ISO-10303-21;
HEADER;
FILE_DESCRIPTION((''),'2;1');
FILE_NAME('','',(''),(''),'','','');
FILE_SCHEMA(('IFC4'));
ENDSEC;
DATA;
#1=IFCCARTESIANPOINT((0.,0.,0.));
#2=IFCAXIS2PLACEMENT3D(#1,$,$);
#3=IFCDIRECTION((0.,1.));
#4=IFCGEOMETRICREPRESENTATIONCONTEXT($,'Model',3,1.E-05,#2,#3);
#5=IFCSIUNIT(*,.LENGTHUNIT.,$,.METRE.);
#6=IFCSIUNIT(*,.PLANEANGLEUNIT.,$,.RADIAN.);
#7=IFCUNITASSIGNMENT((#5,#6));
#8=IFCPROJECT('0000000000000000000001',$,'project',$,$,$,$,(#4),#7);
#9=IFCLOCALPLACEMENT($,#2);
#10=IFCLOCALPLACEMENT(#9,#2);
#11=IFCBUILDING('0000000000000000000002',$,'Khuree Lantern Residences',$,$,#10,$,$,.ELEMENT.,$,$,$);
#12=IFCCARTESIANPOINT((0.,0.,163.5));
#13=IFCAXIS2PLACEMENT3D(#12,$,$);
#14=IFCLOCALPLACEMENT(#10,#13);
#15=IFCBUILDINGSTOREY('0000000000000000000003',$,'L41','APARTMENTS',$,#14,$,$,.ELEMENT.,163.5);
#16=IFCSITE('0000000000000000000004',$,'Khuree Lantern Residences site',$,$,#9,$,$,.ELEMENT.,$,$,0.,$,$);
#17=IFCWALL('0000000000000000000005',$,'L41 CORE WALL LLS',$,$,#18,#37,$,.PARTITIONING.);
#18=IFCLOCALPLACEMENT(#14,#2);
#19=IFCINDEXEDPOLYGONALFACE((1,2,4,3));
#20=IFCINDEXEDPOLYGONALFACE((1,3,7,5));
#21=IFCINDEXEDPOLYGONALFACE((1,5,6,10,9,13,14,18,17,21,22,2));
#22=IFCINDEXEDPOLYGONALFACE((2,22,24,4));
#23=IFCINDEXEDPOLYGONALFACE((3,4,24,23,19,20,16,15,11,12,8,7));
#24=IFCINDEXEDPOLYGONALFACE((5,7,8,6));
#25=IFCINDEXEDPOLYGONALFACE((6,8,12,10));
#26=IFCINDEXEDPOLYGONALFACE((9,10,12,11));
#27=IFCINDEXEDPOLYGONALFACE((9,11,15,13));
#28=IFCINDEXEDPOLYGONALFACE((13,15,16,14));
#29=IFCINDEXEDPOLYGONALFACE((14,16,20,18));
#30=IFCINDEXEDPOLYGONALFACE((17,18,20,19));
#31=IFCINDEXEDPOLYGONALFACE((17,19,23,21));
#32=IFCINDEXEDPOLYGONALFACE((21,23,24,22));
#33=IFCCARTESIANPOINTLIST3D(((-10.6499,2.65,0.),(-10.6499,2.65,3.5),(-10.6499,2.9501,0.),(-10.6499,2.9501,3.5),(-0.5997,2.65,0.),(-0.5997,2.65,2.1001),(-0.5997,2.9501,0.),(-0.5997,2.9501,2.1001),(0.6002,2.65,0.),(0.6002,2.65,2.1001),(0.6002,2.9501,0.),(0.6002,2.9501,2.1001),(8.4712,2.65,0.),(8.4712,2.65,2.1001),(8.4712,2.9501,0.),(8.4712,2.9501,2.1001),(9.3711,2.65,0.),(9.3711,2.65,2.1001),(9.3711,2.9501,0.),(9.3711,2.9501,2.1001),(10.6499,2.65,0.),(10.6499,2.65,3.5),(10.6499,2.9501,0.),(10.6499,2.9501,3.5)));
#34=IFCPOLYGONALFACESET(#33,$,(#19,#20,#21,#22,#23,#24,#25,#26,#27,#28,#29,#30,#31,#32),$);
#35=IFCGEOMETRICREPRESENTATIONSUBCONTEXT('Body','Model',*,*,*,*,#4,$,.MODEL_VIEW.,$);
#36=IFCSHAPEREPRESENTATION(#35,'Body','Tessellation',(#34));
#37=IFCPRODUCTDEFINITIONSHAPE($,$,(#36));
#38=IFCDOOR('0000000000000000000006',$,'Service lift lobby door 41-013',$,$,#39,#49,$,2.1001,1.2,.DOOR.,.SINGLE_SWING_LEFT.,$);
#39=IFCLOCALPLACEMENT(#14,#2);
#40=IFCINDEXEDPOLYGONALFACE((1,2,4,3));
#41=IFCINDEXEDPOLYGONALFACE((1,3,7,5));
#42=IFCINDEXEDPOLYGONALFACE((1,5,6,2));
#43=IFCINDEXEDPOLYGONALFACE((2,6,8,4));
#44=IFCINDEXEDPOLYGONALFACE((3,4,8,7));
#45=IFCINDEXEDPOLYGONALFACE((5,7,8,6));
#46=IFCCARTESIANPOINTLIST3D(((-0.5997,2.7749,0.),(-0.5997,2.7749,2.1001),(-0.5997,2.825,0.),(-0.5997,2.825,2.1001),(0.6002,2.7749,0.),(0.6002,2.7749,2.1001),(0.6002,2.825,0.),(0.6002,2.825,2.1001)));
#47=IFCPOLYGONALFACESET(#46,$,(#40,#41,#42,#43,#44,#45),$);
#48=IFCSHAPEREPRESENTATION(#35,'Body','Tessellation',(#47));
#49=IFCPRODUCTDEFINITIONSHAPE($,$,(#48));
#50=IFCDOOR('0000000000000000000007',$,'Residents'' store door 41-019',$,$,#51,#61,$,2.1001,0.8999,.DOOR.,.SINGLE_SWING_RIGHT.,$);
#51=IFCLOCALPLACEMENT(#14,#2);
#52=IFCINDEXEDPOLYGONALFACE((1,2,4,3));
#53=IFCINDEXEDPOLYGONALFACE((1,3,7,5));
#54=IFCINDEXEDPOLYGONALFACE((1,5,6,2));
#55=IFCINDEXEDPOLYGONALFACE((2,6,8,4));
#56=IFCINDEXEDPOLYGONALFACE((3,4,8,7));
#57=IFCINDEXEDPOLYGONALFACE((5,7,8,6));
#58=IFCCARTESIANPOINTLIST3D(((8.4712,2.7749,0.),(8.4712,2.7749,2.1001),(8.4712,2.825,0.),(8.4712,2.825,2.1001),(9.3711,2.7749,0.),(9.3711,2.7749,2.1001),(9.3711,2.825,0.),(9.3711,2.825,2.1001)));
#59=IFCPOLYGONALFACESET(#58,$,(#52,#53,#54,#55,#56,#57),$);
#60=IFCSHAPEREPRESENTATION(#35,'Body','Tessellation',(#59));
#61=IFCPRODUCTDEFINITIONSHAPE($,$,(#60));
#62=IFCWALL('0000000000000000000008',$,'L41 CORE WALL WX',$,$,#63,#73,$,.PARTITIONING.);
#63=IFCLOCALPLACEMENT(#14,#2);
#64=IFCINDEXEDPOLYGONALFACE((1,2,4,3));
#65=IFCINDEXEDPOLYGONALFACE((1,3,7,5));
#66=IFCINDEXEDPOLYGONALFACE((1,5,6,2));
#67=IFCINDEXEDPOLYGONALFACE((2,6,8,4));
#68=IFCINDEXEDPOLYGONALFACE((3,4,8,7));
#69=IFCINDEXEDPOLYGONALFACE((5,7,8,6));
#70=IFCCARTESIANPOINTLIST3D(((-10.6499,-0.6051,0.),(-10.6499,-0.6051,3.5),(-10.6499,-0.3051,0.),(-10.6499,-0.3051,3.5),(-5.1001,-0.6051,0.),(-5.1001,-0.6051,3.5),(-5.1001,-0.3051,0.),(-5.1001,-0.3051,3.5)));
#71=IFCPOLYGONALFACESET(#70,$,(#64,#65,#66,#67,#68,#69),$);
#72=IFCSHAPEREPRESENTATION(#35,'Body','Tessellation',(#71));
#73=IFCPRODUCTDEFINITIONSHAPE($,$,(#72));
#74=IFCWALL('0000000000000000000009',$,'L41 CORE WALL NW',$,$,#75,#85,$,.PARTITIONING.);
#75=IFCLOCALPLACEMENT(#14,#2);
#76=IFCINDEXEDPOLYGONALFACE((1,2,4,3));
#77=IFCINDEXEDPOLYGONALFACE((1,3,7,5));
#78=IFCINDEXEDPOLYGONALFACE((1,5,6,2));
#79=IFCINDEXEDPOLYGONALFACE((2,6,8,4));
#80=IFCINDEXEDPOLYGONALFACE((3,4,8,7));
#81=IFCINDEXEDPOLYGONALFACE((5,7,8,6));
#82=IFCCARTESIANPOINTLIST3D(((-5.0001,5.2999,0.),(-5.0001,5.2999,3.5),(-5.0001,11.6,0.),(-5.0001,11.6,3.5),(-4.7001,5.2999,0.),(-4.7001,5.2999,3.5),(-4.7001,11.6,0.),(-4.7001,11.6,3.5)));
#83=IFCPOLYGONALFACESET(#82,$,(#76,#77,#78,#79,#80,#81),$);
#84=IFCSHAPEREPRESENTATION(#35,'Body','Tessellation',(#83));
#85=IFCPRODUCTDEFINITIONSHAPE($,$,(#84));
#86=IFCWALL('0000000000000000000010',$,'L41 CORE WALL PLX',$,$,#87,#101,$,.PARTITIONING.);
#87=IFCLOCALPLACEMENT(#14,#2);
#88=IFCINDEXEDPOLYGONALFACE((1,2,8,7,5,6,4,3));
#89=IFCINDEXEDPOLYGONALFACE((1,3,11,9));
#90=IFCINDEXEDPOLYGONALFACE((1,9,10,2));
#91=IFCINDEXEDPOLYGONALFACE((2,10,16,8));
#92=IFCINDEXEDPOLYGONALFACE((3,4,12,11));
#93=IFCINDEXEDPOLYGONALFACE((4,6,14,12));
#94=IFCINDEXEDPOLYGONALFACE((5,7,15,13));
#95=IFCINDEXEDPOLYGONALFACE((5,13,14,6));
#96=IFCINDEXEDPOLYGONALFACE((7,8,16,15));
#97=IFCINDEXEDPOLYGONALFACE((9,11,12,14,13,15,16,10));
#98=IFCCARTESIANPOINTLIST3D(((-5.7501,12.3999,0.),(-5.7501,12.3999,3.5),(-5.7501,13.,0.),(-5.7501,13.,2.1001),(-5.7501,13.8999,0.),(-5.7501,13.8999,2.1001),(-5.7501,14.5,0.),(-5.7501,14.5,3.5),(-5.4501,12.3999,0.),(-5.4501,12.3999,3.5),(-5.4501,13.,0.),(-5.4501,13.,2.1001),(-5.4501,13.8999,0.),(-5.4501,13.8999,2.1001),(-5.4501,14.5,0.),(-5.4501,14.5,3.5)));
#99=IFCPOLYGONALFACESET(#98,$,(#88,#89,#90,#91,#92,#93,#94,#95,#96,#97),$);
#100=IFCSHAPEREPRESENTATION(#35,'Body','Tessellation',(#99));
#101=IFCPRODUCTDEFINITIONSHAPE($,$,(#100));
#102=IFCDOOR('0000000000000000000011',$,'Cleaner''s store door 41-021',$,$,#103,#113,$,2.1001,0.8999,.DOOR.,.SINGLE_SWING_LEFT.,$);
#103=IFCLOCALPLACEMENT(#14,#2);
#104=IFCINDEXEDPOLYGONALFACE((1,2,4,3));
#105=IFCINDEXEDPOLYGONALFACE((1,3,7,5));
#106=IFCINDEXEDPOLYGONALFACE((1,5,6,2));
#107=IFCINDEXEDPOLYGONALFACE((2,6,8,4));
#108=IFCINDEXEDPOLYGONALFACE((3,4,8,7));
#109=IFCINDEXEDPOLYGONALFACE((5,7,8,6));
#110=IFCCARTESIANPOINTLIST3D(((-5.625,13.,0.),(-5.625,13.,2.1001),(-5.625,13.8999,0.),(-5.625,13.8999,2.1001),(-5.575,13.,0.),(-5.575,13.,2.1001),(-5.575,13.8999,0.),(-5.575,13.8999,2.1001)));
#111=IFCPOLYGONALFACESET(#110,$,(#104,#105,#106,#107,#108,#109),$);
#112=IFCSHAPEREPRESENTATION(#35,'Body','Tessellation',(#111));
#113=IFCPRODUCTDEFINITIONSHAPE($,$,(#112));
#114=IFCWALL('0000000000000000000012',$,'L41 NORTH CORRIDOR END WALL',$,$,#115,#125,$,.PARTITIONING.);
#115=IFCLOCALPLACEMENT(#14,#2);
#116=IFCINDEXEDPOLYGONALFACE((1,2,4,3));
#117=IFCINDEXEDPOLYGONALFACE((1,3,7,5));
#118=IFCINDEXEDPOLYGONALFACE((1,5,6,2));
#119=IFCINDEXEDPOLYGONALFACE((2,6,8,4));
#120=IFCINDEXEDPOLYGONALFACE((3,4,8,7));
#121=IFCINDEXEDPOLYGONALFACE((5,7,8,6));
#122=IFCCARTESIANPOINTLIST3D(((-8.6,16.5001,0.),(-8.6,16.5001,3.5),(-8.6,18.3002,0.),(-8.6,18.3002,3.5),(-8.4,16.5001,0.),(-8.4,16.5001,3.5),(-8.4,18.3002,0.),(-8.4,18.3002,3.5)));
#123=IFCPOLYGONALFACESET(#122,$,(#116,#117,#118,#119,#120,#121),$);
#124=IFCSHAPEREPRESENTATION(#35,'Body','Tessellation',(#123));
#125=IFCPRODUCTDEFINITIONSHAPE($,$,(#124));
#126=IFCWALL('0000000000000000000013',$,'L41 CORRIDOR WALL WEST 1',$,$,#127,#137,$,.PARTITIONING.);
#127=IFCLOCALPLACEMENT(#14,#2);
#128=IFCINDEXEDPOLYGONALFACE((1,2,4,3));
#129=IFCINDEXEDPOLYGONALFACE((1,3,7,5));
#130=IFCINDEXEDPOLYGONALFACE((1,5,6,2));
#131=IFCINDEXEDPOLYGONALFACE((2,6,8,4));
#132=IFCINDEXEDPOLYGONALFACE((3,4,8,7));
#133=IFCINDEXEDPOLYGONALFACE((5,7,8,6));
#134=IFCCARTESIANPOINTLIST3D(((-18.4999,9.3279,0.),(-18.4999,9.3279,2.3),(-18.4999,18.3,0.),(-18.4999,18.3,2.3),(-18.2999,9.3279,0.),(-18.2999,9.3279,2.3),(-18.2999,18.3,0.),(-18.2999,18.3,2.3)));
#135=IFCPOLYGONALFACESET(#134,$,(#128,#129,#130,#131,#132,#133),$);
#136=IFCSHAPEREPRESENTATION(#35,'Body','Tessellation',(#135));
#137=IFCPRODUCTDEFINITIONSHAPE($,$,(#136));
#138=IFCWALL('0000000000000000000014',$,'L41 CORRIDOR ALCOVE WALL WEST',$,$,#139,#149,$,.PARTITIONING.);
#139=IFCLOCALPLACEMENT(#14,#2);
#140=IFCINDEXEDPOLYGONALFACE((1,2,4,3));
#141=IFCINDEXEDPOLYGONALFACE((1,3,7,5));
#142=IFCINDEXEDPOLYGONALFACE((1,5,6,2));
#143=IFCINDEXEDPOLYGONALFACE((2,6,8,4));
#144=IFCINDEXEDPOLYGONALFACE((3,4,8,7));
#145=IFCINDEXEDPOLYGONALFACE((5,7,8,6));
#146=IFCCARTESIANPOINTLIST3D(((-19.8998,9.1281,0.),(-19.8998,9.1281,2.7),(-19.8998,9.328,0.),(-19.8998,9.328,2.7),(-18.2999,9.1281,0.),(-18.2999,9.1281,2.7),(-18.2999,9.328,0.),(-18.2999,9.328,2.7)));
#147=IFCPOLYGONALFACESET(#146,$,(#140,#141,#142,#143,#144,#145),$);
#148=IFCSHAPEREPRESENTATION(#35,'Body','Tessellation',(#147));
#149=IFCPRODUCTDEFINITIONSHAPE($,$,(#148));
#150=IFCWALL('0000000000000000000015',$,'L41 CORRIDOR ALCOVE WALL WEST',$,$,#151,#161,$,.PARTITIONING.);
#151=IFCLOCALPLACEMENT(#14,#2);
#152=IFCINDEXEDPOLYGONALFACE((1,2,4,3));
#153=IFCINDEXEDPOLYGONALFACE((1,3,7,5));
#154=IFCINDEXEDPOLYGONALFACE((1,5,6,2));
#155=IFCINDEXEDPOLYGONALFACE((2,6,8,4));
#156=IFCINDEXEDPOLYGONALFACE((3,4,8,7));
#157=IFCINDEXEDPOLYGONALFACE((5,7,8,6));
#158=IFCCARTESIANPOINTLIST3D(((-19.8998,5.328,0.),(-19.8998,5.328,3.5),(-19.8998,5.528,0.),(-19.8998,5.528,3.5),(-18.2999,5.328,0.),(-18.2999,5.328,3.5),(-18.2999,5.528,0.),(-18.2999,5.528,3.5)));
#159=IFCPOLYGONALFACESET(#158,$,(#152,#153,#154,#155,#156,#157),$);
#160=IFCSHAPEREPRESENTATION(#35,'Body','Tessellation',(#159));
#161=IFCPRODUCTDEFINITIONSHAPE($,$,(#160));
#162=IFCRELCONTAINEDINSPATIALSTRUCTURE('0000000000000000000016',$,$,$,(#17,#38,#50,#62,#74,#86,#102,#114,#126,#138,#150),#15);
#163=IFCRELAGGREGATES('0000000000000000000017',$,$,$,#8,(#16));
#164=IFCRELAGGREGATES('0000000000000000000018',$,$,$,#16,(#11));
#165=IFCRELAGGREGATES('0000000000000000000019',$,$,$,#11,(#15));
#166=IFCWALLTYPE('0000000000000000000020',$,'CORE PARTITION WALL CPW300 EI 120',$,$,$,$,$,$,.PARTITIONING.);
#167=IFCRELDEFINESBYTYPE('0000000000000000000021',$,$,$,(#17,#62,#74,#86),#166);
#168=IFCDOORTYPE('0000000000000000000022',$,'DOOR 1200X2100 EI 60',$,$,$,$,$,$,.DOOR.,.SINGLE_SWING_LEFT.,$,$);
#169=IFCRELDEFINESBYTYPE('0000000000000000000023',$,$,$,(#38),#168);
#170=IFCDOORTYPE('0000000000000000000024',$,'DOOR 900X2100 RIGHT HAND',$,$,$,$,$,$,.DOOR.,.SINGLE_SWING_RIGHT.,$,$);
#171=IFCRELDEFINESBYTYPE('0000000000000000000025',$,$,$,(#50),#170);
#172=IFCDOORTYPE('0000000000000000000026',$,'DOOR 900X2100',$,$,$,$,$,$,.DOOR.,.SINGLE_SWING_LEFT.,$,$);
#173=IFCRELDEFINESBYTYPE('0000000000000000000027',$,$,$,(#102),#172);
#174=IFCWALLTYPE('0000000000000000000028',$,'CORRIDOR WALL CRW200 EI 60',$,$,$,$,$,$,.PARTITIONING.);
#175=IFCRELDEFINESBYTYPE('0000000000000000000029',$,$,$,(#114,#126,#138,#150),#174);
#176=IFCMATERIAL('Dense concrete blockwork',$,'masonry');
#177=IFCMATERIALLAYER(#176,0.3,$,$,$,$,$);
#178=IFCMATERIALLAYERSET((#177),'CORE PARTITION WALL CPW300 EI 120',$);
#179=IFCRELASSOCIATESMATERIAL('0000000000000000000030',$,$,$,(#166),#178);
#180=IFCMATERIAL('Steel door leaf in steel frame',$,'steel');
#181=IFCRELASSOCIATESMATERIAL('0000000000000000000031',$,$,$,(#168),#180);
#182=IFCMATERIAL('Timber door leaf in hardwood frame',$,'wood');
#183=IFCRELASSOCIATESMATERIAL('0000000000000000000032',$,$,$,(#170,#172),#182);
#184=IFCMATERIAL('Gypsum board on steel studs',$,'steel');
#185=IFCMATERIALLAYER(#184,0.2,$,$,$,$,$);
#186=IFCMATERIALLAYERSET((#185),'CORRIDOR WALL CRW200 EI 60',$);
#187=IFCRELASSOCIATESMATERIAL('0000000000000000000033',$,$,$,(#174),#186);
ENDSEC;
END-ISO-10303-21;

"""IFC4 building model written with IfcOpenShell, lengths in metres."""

from ifc_helpers import new_model, si_unit, direction, frame, frame_2d, origin, place, context, subcontext, project, spatial, rectangle, extrude, material, layer, layer_set, type_object, element, fill, save


model = new_model("IFC4")

# Units and contexts
model_context = context("Model", 3, precision=1e-05, world=origin(), true_north=direction((0.0, 1.0)))
body_context = subcontext(model_context, "Body", "Model", "MODEL_VIEW")
ifc_project = project(units=[si_unit("LENGTHUNIT", "METRE"), si_unit("PLANEANGLEUNIT", "RADIAN")], contexts=[model_context])

# Site, building, storey
site_placement = place(None, origin())
site = spatial("IfcSite", under=ifc_project, at=site_placement, Name="Khuree Lantern Residences site", CompositionType="ELEMENT", RefElevation=0.0)
building_placement = place(site_placement, origin())
building = spatial("IfcBuilding", under=site, at=building_placement, Name="Khuree Lantern Residences", CompositionType="ELEMENT")
storey_placement = place(building_placement, frame((0.0, 0.0, 163.5)))
storey = spatial("IfcBuildingStorey", under=building, at=storey_placement, Name="L41", Description="APARTMENTS", CompositionType="ELEMENT", Elevation=163.5)

# Shared definitions
ifc_material_1 = material(Name="Dense concrete blockwork", Category="masonry")
ifc_layer_1 = layer(ifc_material_1, 0.3)
ifc_layer_set_1 = layer_set([ifc_layer_1], Name="CORE PARTITION WALL CPW300 EI 120")
wall_type_1 = type_object("IfcWallType", Name="CORE PARTITION WALL CPW300 EI 120", PredefinedType="PARTITIONING", material=ifc_layer_set_1)

# Wall, openings, doors
wall_1_placement = place(storey_placement, frame((-10.6499, 2.8, 0.0), z_axis=(0.0, 0.0, 1.0), x_axis=(1.0, 0.0, 0.0)))
wall_1 = element("IfcWall", 1, at=wall_1_placement, inside=storey, type_object=wall_type_1, Name="L41 CORE WALL LLS", PredefinedType="PARTITIONING", context=body_context, shape_type="SweptSolid", body=[
    extrude(rectangle(XDim=21.2998, YDim=0.3, at=frame_2d((10.6499, 0.0))), origin(), (0.0, 0.0, 1.0), 3.5),
])
opening_1_placement = place(wall_1_placement, frame((10.05, 0.0, 0.0)))
opening_1 = element("IfcOpeningElement", 2, at=opening_1_placement, cuts=wall_1, PredefinedType="OPENING", context=body_context, shape_type="SweptSolid", body=[
    extrude(rectangle(XDim=1.2, YDim=2.1001, at=frame_2d((0.6001, 1.05))), frame((0.0, 0.1602, 0.0), z_axis=(0.0, -1.0, 0.0), x_axis=(1.0, 0.0, 0.0)), (0.0, 0.0, 1.0), 0.3201),
])
opening_2_placement = place(wall_1_placement, frame((19.1211, 0.0, 0.0)))
opening_2 = element("IfcOpeningElement", 3, at=opening_2_placement, cuts=wall_1, PredefinedType="OPENING", context=body_context, shape_type="SweptSolid", body=[
    extrude(rectangle(XDim=0.8999, YDim=2.1001, at=frame_2d((0.45, 1.05))), frame((0.0, 0.1602, 0.0), z_axis=(0.0, -1.0, 0.0), x_axis=(1.0, 0.0, 0.0)), (0.0, 0.0, 1.0), 0.3201),
])
ifc_material_2 = material(Name="Steel door leaf in steel frame", Category="steel")
door_type_1 = type_object("IfcDoorType", Name="DOOR 1200X2100 EI 60", OperationType="SINGLE_SWING_LEFT", PredefinedType="DOOR", material=ifc_material_2)
door_1_placement = place(opening_1_placement, origin())
door_1 = element("IfcDoor", 4, at=door_1_placement, inside=storey, type_object=door_type_1, Name="Service lift lobby door 41-013", OperationType="SINGLE_SWING_LEFT", OverallHeight=2.1001, OverallWidth=1.2, PredefinedType="DOOR", context=body_context, shape_type="SweptSolid", body=[
    extrude(rectangle(XDim=1.2, YDim=2.1001, at=frame_2d((0.6001, 1.05))), frame((0.0, 0.0249, 0.0), z_axis=(0.0, -1.0, 0.0), x_axis=(1.0, 0.0, 0.0)), (0.0, 0.0, 1.0), 0.05),
])
fill(opening_1, door_1)
ifc_material_3 = material(Name="Timber door leaf in hardwood frame", Category="wood")
door_type_2 = type_object("IfcDoorType", Name="DOOR 900X2100 RIGHT HAND", OperationType="SINGLE_SWING_RIGHT", PredefinedType="DOOR", material=ifc_material_3)
door_2_placement = place(opening_2_placement, origin())
door_2 = element("IfcDoor", 5, at=door_2_placement, inside=storey, type_object=door_type_2, Name="Residents' store door 41-019", OperationType="SINGLE_SWING_RIGHT", OverallHeight=2.1001, OverallWidth=0.8999, PredefinedType="DOOR", context=body_context, shape_type="SweptSolid", body=[
    extrude(rectangle(XDim=0.8999, YDim=2.1001, at=frame_2d((0.45, 1.05))), frame((0.0, 0.0249, 0.0), z_axis=(0.0, -1.0, 0.0), x_axis=(1.0, 0.0, 0.0)), (0.0, 0.0, 1.0), 0.05),
])
fill(opening_2, door_2)

# Walls
wall_2_placement = place(storey_placement, frame((-10.6499, -0.4551, 0.0), z_axis=(0.0, 0.0, 1.0), x_axis=(1.0, 0.0, 0.0)))
element("IfcWall", 6, at=wall_2_placement, inside=storey, type_object=wall_type_1, Name="L41 CORE WALL WX", PredefinedType="PARTITIONING", context=body_context, shape_type="SweptSolid", body=[
    extrude(rectangle(XDim=5.5498, YDim=0.3, at=frame_2d((2.7749, 0.0))), origin(), (0.0, 0.0, 1.0), 3.5),
])
wall_3_placement = place(storey_placement, frame((-4.8501, 5.3, 0.0), z_axis=(0.0, 0.0, 1.0), x_axis=(0.0, 1.0, 0.0)))
element("IfcWall", 7, at=wall_3_placement, inside=storey, type_object=wall_type_1, Name="L41 CORE WALL NW", PredefinedType="PARTITIONING", context=body_context, shape_type="SweptSolid", body=[
    extrude(rectangle(XDim=6.3, YDim=0.3, at=frame_2d((3.1499, 0.0))), origin(), (0.0, 0.0, 1.0), 3.5),
])

# Wall, opening, door
wall_4_placement = place(storey_placement, frame((-5.6001, 12.3999, 0.0), z_axis=(0.0, 0.0, 1.0), x_axis=(0.0, 1.0, 0.0)))
wall_4 = element("IfcWall", 8, at=wall_4_placement, inside=storey, type_object=wall_type_1, Name="L41 CORE WALL PLX", PredefinedType="PARTITIONING", context=body_context, shape_type="SweptSolid", body=[
    extrude(rectangle(XDim=2.1001, YDim=0.3, at=frame_2d((1.05, 0.0))), origin(), (0.0, 0.0, 1.0), 3.5),
])
opening_3_placement = place(wall_4_placement, frame((0.6001, 0.0, 0.0)))
opening_3 = element("IfcOpeningElement", 9, at=opening_3_placement, cuts=wall_4, PredefinedType="OPENING", context=body_context, shape_type="SweptSolid", body=[
    extrude(rectangle(XDim=0.8999, YDim=2.1001, at=frame_2d((0.45, 1.05))), frame((0.0, 0.1602, 0.0), z_axis=(0.0, -1.0, 0.0), x_axis=(1.0, 0.0, 0.0)), (0.0, 0.0, 1.0), 0.3201),
])
door_type_3 = type_object("IfcDoorType", Name="DOOR 900X2100", OperationType="SINGLE_SWING_LEFT", PredefinedType="DOOR", material=ifc_material_3)
door_3_placement = place(opening_3_placement, origin())
door_3 = element("IfcDoor", 10, at=door_3_placement, inside=storey, type_object=door_type_3, Name="Cleaner's store door 41-021", OperationType="SINGLE_SWING_LEFT", OverallHeight=2.1001, OverallWidth=0.8999, PredefinedType="DOOR", context=body_context, shape_type="SweptSolid", body=[
    extrude(rectangle(XDim=0.8999, YDim=2.1001, at=frame_2d((0.45, 1.05))), frame((0.0, 0.0249, 0.0), z_axis=(0.0, -1.0, 0.0), x_axis=(1.0, 0.0, 0.0)), (0.0, 0.0, 1.0), 0.05),
])
fill(opening_3, door_3)

# Walls
ifc_material_4 = material(Name="Gypsum board on steel studs", Category="steel")
ifc_layer_2 = layer(ifc_material_4, 0.2)
ifc_layer_set_2 = layer_set([ifc_layer_2], Name="CORRIDOR WALL CRW200 EI 60")
wall_type_2 = type_object("IfcWallType", Name="CORRIDOR WALL CRW200 EI 60", PredefinedType="PARTITIONING", material=ifc_layer_set_2)
wall_5_placement = place(storey_placement, frame((-8.5, 18.3, 0.0), z_axis=(0.0, 0.0, 1.0), x_axis=(0.0, -1.0, 0.0)))
element("IfcWall", 11, at=wall_5_placement, inside=storey, type_object=wall_type_2, Name="L41 NORTH CORRIDOR END WALL", PredefinedType="PARTITIONING", context=body_context, shape_type="SweptSolid", body=[
    extrude(rectangle(XDim=1.8, YDim=0.2, at=frame_2d((0.8999, 0.0))), origin(), (0.0, 0.0, 1.0), 3.5),
])
wall_6_placement = place(storey_placement, frame((-18.3999, 18.3, 0.0), z_axis=(0.0, 0.0, 1.0), x_axis=(0.0, -1.0, 0.0)))
element("IfcWall", 12, at=wall_6_placement, inside=storey, type_object=wall_type_2, Name="L41 CORRIDOR WALL WEST 1", PredefinedType="PARTITIONING", context=body_context, shape_type="SweptSolid", body=[
    extrude(rectangle(XDim=8.9722, YDim=0.2, at=frame_2d((4.4861, 0.0))), origin(), (0.0, 0.0, 1.0), 2.3),
])
wall_7_placement = place(storey_placement, frame((-18.3, 9.228, 0.0), z_axis=(0.0, 0.0, 1.0), x_axis=(-1.0, 0.0, 0.0)))
element("IfcWall", 13, at=wall_7_placement, inside=storey, type_object=wall_type_2, Name="L41 CORRIDOR ALCOVE WALL WEST", PredefinedType="PARTITIONING", context=body_context, shape_type="SweptSolid", body=[
    extrude(rectangle(XDim=1.5999, YDim=0.2, at=frame_2d((0.7998, 0.0))), origin(), (0.0, 0.0, 1.0), 2.7),
])
wall_8_placement = place(storey_placement, frame((-18.3, 5.428, 0.0), z_axis=(0.0, 0.0, 1.0), x_axis=(-1.0, 0.0, 0.0)))
element("IfcWall", 14, at=wall_8_placement, inside=storey, type_object=wall_type_2, Name="L41 CORRIDOR ALCOVE WALL WEST", PredefinedType="PARTITIONING", context=body_context, shape_type="SweptSolid", body=[
    extrude(rectangle(XDim=1.5999, YDim=0.2, at=frame_2d((0.7998, 0.0))), origin(), (0.0, 0.0, 1.0), 3.5),
])

save(model, "model.ifc")
